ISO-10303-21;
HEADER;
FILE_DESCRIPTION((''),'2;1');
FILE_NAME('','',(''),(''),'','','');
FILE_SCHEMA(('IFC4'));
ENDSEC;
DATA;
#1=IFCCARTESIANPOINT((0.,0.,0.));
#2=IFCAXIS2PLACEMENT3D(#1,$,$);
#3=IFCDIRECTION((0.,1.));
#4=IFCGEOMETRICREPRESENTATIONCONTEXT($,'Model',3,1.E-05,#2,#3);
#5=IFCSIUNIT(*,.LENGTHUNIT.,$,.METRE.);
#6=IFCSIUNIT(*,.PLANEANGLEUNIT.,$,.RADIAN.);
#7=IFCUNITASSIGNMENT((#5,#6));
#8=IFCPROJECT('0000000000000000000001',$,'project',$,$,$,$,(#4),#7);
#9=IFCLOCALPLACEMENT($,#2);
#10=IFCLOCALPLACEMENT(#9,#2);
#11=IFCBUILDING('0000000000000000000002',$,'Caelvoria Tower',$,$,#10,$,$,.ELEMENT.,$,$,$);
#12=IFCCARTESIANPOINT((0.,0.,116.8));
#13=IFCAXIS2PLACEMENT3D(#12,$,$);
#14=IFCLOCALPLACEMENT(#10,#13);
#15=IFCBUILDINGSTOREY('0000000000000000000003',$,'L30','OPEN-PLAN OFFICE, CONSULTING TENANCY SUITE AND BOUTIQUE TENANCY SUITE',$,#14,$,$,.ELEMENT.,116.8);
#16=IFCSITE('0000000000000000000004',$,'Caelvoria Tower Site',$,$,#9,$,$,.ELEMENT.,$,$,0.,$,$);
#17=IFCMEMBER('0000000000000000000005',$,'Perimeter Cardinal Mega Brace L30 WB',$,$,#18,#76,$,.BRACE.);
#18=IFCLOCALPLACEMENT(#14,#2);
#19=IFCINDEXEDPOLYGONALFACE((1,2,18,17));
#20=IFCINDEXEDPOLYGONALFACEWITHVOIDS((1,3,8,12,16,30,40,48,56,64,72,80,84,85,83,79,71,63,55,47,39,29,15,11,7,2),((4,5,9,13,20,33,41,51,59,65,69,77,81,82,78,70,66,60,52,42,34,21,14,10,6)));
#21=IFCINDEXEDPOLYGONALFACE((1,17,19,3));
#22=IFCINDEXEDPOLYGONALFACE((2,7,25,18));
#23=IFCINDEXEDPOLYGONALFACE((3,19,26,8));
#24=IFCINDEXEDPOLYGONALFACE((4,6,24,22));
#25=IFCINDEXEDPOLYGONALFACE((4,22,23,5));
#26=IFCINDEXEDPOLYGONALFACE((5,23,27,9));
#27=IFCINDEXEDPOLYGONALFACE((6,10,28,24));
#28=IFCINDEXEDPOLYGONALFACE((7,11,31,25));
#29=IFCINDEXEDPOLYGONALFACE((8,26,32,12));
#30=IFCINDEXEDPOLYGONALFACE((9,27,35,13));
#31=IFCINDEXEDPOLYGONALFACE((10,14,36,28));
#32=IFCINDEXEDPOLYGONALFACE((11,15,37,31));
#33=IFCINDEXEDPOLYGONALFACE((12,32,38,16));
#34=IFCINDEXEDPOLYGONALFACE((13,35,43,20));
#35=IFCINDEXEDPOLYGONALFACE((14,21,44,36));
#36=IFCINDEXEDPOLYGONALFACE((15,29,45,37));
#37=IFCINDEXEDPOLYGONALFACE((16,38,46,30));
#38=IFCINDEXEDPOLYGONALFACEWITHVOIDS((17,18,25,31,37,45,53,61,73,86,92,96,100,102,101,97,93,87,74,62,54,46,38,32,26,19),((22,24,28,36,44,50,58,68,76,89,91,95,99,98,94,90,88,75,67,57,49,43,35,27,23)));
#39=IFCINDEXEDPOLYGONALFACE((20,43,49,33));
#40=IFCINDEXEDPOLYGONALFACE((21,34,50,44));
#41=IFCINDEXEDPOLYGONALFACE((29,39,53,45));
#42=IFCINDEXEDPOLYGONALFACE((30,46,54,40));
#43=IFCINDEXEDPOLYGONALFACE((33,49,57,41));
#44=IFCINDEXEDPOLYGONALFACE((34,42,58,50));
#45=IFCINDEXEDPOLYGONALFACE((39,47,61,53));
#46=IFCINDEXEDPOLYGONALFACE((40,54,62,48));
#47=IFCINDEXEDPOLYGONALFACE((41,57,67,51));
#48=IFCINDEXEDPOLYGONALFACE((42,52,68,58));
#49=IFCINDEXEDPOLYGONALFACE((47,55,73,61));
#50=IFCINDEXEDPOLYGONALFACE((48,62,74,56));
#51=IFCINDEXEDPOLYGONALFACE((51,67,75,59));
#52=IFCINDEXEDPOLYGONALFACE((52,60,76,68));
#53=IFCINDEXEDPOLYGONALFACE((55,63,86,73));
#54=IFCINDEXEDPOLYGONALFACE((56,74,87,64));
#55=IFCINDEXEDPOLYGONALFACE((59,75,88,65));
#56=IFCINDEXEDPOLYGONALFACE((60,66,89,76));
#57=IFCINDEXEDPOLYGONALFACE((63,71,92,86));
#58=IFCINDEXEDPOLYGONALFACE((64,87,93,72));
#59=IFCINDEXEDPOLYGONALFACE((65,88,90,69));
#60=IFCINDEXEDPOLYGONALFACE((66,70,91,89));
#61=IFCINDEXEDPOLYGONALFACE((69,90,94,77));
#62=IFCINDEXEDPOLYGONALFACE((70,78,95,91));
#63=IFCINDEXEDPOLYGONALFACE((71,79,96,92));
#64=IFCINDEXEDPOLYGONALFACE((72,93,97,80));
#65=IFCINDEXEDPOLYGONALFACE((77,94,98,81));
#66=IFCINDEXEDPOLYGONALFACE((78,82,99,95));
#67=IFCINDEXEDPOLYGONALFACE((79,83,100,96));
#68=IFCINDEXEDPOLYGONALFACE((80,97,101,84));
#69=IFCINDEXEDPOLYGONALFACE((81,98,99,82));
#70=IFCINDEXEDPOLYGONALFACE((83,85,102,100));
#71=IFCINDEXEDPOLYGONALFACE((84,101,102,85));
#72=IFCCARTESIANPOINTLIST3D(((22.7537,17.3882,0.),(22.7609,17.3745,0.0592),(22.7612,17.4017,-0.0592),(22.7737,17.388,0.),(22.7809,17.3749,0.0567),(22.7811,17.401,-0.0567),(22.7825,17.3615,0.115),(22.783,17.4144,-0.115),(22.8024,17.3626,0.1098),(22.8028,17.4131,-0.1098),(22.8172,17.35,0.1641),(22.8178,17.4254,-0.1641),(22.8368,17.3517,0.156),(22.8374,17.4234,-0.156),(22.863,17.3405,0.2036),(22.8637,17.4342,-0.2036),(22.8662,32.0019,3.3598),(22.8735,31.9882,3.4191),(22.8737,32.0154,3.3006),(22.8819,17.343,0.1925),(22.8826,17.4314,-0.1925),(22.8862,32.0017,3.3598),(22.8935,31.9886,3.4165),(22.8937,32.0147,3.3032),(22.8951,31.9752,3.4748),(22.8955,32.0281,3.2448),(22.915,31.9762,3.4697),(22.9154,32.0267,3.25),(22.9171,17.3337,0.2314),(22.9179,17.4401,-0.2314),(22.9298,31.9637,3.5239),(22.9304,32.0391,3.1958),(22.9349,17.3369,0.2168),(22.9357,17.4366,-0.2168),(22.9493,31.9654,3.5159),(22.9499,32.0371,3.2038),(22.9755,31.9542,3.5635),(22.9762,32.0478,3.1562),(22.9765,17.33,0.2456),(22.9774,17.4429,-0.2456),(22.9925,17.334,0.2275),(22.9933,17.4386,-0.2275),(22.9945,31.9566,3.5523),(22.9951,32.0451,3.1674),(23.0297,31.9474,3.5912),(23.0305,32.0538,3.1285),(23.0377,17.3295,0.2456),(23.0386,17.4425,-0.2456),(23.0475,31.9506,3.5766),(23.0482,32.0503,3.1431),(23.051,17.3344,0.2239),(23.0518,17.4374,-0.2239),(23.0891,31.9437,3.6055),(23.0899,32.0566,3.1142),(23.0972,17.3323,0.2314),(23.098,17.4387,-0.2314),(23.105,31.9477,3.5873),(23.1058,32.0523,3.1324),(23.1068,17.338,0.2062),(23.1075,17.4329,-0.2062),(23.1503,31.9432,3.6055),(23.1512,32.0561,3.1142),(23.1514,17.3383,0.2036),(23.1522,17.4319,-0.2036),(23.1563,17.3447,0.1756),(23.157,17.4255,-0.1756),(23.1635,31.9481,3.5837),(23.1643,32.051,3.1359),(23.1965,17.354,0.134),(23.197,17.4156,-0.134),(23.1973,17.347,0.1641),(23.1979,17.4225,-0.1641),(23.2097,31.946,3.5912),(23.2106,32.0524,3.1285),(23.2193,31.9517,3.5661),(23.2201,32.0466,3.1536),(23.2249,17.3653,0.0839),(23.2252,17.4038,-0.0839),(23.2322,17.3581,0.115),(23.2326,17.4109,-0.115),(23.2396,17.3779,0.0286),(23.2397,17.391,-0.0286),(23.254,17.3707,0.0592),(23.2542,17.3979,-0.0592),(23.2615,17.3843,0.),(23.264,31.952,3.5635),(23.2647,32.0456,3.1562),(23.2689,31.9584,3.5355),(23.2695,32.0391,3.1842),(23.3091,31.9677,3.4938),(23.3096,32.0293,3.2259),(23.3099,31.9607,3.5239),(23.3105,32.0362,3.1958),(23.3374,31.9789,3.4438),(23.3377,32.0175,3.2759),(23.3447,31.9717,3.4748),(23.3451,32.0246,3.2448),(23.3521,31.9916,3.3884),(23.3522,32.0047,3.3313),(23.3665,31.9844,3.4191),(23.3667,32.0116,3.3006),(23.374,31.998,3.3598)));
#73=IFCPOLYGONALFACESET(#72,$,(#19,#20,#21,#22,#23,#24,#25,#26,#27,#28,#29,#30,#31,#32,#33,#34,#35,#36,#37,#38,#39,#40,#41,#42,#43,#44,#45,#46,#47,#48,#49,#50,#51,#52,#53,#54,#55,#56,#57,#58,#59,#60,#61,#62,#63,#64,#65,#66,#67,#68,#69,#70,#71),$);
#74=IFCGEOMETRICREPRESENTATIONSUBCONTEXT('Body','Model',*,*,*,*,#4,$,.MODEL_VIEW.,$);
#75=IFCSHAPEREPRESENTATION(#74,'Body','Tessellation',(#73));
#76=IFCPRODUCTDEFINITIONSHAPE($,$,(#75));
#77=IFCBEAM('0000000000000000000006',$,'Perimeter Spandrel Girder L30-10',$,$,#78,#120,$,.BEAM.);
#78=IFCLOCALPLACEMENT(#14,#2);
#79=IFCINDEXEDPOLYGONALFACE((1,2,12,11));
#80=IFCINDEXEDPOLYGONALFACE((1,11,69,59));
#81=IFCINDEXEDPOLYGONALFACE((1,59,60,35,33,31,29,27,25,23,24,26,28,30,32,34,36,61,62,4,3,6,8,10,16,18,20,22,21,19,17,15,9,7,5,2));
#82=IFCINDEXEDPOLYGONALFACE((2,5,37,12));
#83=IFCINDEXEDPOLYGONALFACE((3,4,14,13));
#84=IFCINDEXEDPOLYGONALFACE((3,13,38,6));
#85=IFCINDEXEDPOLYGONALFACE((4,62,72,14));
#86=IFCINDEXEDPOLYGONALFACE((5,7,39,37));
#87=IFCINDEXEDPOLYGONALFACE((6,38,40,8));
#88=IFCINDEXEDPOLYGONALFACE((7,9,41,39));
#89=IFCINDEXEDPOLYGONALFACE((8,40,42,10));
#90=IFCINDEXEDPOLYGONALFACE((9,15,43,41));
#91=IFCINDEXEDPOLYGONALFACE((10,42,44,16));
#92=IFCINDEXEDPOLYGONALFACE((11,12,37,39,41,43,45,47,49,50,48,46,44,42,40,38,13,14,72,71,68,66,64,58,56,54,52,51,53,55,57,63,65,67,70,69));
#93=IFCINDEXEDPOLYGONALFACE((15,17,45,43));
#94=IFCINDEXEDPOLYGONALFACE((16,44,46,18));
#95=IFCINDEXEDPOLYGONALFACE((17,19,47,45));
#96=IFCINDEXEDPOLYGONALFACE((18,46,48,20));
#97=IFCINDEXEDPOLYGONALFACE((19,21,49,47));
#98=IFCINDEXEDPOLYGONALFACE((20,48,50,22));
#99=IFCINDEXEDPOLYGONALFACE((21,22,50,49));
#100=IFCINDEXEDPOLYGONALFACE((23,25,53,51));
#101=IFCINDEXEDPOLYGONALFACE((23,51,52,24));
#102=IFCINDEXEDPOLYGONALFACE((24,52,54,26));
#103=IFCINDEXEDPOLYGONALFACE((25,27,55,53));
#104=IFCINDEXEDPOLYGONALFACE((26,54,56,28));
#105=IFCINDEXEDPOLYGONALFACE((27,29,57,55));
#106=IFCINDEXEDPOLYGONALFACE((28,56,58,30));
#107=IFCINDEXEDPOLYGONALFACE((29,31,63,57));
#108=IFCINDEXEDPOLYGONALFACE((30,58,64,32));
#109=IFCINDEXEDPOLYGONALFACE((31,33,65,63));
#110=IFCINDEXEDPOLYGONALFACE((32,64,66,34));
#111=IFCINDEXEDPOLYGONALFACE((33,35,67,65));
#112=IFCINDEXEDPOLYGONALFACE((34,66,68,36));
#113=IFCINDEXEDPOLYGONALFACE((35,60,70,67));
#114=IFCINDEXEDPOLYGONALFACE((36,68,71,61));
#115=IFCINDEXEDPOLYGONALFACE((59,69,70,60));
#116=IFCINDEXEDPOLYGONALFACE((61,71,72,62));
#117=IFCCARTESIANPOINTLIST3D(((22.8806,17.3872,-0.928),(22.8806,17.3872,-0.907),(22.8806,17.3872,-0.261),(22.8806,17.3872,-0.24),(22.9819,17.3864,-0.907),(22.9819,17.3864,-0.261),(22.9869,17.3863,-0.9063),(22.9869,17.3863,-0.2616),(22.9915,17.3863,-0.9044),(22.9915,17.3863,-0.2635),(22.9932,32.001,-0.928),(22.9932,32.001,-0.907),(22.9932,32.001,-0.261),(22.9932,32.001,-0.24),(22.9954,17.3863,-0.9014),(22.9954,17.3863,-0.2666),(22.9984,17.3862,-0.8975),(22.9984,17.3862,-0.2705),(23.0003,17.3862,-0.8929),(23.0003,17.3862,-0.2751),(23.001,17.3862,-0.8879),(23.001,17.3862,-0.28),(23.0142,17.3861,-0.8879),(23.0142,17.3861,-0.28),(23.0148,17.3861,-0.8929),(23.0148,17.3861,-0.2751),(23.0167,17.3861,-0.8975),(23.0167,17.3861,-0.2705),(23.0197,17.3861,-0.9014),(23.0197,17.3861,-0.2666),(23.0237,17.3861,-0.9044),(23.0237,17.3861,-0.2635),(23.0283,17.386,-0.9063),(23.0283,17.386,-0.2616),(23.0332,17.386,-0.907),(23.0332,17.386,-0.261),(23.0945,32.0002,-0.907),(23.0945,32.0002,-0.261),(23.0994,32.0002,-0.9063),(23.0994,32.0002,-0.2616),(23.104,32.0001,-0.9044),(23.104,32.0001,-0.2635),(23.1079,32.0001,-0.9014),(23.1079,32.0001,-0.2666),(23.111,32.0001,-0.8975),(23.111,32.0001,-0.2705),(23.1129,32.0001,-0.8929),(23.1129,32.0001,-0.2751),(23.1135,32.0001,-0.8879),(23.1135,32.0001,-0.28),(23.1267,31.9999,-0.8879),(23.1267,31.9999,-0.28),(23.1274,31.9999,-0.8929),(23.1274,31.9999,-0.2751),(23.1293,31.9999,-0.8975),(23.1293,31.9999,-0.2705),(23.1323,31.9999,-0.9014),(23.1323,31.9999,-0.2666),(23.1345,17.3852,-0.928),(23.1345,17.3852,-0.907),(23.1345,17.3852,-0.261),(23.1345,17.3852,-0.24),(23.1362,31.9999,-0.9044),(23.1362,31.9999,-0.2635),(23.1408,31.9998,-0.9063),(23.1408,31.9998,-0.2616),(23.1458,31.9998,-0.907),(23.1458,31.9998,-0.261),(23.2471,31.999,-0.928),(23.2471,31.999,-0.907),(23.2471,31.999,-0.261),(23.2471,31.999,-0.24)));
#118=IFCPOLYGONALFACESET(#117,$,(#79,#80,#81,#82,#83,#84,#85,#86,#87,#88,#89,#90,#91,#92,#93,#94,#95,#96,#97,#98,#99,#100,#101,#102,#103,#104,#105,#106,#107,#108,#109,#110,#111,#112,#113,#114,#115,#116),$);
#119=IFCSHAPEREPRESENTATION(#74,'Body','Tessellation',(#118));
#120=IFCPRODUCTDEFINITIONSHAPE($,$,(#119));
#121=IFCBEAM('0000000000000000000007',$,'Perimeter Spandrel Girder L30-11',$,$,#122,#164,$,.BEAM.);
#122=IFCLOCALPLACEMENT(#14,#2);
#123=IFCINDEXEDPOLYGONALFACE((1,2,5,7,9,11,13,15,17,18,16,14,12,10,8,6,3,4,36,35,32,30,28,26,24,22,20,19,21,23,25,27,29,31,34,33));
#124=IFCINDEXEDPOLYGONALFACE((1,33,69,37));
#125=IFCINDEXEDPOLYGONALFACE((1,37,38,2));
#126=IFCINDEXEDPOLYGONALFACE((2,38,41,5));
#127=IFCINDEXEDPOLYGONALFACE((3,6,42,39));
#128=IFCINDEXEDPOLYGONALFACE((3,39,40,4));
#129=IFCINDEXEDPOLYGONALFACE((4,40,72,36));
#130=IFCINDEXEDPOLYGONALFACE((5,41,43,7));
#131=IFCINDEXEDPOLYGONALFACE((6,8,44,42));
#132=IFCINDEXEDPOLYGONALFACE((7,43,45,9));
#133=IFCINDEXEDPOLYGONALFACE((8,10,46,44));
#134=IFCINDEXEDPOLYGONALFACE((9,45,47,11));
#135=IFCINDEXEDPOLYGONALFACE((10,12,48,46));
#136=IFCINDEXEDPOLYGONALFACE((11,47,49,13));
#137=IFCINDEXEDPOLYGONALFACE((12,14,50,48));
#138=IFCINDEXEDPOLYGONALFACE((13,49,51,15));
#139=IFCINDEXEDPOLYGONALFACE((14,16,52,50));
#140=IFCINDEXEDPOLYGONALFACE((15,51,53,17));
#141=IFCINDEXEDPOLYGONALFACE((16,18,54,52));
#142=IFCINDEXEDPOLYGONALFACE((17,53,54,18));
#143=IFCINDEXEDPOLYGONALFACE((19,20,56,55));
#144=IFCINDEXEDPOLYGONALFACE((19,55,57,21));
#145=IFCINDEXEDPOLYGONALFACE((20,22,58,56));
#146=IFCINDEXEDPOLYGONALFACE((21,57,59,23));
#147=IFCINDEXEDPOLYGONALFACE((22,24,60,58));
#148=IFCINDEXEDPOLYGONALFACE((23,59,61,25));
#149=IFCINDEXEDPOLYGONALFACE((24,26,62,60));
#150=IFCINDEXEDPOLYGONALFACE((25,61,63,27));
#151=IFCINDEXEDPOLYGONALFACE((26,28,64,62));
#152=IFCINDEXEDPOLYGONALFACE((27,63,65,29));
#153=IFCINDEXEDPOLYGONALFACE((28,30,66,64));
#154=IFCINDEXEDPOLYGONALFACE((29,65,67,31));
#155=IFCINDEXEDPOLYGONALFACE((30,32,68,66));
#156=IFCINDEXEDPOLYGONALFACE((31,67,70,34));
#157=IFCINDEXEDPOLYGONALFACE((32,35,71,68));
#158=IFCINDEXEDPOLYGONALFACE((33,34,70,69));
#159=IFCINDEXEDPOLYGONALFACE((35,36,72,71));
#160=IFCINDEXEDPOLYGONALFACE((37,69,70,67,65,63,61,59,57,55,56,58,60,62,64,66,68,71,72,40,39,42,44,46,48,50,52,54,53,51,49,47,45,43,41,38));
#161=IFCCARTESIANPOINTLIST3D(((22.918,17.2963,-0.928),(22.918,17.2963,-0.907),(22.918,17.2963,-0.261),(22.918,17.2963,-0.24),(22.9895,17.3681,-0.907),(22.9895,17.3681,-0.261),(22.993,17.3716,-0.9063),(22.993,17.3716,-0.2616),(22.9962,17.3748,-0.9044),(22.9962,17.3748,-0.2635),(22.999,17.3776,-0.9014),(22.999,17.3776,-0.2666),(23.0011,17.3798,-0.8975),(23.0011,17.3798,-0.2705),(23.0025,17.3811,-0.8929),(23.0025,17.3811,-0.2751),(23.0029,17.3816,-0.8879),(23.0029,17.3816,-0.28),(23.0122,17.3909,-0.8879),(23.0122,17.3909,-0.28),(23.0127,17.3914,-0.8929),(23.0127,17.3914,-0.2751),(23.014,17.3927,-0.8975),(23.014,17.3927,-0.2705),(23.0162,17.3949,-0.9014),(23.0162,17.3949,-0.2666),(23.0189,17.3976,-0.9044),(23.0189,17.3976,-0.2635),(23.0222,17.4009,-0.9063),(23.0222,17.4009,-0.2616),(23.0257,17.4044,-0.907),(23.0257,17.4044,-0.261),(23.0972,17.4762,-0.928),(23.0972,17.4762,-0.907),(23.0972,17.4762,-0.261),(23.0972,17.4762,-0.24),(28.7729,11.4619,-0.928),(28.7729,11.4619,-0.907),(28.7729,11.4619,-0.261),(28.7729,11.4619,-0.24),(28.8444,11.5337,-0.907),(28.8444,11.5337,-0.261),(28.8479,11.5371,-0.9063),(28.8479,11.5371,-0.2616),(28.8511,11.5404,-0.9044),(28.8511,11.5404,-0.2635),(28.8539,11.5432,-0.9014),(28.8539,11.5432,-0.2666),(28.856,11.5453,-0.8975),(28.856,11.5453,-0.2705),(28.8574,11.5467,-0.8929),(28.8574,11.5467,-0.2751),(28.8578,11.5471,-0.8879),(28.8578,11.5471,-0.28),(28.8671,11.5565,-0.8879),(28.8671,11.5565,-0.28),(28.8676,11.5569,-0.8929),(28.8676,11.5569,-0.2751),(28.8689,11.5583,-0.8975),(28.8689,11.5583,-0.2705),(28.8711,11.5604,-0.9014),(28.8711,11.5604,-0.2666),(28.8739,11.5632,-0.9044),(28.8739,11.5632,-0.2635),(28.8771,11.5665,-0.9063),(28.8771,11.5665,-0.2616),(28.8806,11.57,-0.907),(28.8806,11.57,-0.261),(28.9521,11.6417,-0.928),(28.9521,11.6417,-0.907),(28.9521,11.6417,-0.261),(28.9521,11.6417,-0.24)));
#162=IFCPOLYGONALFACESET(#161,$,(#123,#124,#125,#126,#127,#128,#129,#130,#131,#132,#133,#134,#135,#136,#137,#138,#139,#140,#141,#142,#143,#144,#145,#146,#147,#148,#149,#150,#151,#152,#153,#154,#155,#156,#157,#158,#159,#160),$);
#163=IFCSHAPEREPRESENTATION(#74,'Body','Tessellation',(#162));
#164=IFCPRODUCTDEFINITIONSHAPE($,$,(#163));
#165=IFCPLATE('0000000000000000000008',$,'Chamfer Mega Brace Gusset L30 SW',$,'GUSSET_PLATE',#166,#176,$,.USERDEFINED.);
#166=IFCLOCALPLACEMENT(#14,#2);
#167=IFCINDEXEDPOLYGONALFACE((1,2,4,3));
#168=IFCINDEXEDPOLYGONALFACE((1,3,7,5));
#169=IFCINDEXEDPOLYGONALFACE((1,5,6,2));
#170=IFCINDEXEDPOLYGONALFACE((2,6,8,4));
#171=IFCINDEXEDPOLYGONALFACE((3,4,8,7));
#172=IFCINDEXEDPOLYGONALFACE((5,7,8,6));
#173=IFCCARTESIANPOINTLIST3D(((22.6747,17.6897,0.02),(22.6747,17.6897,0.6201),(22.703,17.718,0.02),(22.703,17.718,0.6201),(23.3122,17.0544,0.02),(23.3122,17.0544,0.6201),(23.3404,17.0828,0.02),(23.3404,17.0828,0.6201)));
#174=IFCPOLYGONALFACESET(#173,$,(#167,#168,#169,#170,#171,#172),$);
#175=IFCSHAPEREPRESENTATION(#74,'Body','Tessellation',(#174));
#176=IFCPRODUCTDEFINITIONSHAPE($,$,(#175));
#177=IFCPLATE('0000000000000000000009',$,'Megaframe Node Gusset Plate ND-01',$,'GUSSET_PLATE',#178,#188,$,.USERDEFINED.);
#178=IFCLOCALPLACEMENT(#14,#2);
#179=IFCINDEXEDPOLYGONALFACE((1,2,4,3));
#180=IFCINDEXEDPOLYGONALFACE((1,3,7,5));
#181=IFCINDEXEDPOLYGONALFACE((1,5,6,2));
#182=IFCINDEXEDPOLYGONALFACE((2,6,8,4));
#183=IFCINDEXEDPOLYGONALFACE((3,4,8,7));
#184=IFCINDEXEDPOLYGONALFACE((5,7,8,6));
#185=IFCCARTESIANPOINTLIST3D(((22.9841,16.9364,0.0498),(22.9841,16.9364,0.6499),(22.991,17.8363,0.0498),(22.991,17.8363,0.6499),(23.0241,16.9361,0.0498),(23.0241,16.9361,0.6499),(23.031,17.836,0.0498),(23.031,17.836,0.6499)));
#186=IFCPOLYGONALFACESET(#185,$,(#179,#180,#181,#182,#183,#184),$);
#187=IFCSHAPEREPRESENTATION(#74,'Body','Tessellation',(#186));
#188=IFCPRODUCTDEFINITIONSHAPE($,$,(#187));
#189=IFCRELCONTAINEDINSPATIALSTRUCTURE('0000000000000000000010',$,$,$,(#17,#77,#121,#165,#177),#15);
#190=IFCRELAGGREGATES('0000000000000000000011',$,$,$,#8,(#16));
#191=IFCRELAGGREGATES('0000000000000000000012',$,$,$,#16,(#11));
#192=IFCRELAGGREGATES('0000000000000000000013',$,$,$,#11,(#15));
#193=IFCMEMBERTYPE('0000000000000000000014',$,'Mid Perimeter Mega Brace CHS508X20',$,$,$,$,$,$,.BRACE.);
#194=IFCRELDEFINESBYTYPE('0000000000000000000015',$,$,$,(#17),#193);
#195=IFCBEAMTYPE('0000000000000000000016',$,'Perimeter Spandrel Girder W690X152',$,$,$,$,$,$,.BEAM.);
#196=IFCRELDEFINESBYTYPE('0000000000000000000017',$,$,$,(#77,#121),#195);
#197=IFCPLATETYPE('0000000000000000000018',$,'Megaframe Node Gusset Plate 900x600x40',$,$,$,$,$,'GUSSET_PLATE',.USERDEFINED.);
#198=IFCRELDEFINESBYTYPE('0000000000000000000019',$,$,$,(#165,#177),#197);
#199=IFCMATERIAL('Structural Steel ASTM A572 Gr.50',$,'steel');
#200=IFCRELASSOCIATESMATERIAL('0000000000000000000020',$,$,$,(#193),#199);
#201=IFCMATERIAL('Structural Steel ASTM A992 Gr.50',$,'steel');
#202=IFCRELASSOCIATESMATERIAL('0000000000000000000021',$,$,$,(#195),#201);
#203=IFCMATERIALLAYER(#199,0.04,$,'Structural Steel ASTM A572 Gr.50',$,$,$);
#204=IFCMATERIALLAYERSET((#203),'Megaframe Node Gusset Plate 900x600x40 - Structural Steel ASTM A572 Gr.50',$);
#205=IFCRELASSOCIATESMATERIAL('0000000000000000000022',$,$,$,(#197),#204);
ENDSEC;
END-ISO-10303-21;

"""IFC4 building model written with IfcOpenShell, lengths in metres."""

from ifc_helpers import new_model, si_unit, direction, frame, origin, origin_2d, place, context, subcontext, project, spatial, rectangle, hollow_circle, i_section, extrude, material, layer, layer_set, material_profile, profile_set, type_object, element, save


model = new_model("IFC4")

# Units and contexts
model_context = context("Model", 3, precision=1e-05, world=origin(), true_north=direction((0.0, 1.0)))
body_context = subcontext(model_context, "Body", "Model", "MODEL_VIEW")
ifc_project = project(units=[si_unit("LENGTHUNIT", "METRE"), si_unit("PLANEANGLEUNIT", "RADIAN")], contexts=[model_context])

# Site, building, storey
site_placement = place(None, origin())
site = spatial("IfcSite", under=ifc_project, at=site_placement, Name="Caelvoria Tower Site", CompositionType="ELEMENT", RefElevation=0.0)
building_placement = place(site_placement, origin())
building = spatial("IfcBuilding", under=site, at=building_placement, Name="Caelvoria Tower", CompositionType="ELEMENT")
storey_placement = place(building_placement, frame((0.0, 0.0, 116.8)))
storey = spatial("IfcBuildingStorey", under=building, at=storey_placement, Name="L30", Description="OPEN-PLAN OFFICE, CONSULTING TENANCY SUITE AND BOUTIQUE TENANCY SUITE", CompositionType="ELEMENT", Elevation=116.8)

# Shared definitions
ifc_material_1 = material(Name="Structural Steel ASTM A572 Gr.50", Category="steel")

# Member
ifc_material_profile_1 = material_profile(ifc_material_1, hollow_circle(Radius=0.2539, WallThickness=0.02, at=origin_2d()), Name="Structural Steel ASTM A572 Gr.50")
ifc_profile_set_1 = profile_set([ifc_material_profile_1], Name="CHS508X20 - Structural Steel ASTM A572 Gr.50")
member_type = type_object("IfcMemberType", Name="Mid Perimeter Mega Brace CHS508X20", PredefinedType="BRACE", material=ifc_profile_set_1)
member_1_placement = place(storey_placement, frame((23.0076, 17.3862, 0.0), z_axis=(0.007506, 0.974547, 0.224059), x_axis=(-0.99997, 0.007701, 0.0)))
element("IfcMember", 1, at=member_1_placement, inside=storey, type_object=member_type, Name="Perimeter Cardinal Mega Brace L30 WB", PredefinedType="BRACE", context=body_context, shape_type="SweptSolid", body=[
    extrude(hollow_circle(Radius=0.2539, WallThickness=0.02, at=origin_2d()), origin(), (0.0, 0.0, 1.0), 14.9954),
])

# Beams
ifc_material_2 = material(Name="Structural Steel ASTM A992 Gr.50", Category="steel")
ifc_material_profile_2 = material_profile(ifc_material_2, i_section(OverallWidth=0.2539, OverallDepth=0.688, WebThickness=0.0132, FlangeThickness=0.021, FilletRadius=0.019, at=origin_2d()), Name="Structural Steel ASTM A992 Gr.50")
ifc_profile_set_2 = profile_set([ifc_material_profile_2], Name="W690X152 - Structural Steel ASTM A992 Gr.50")
beam_type = type_object("IfcBeamType", Name="Perimeter Spandrel Girder W690X152", PredefinedType="BEAM", material=ifc_profile_set_2)
beam_1_placement = place(storey_placement, frame((23.1201, 32.0, -0.584), z_axis=(-0.007701, -0.99997, 0.0), x_axis=(0.99997, -0.007701, 0.0)))
element("IfcBeam", 2, at=beam_1_placement, inside=storey, type_object=beam_type, Name="Perimeter Spandrel Girder L30-10", PredefinedType="BEAM", context=body_context, shape_type="SweptSolid", body=[
    extrude(i_section(OverallWidth=0.2539, OverallDepth=0.688, WebThickness=0.0132, FlangeThickness=0.021, FilletRadius=0.019, at=origin_2d()), origin(), (0.0, 0.0, 1.0), 14.6143),
])
beam_2_placement = place(storey_placement, frame((23.0076, 17.3862, -0.584), z_axis=(0.708346, -0.705865, 0.0), x_axis=(0.705865, 0.708346, 0.0)))
element("IfcBeam", 3, at=beam_2_placement, inside=storey, type_object=beam_type, Name="Perimeter Spandrel Girder L30-11", PredefinedType="BEAM", context=body_context, shape_type="SweptSolid", body=[
    extrude(i_section(OverallWidth=0.2539, OverallDepth=0.688, WebThickness=0.0132, FlangeThickness=0.021, FilletRadius=0.019, at=origin_2d()), origin(), (0.0, 0.0, 1.0), 8.2656),
])

# Plates
ifc_layer_1 = layer(ifc_material_1, 0.04, Name="Structural Steel ASTM A572 Gr.50")
ifc_layer_set_1 = layer_set([ifc_layer_1], Name="Megaframe Node Gusset Plate 900x600x40 - Structural Steel ASTM A572 Gr.50")
plate_type = type_object("IfcPlateType", Name="Megaframe Node Gusset Plate 900x600x40", ElementType="GUSSET_PLATE", PredefinedType="USERDEFINED", material=ifc_layer_set_1)
for number, where, z_axis, x_axis, name in (
    (4, (23.0076, 17.3862, 0.02), (0.0, 0.0, 1.0), (0.708346, -0.705865, 0.0), "Chamfer Mega Brace Gusset L30 SW"),
    (5, (23.0076, 17.3862, 0.0498), (0.0, 0.0, 1.0), (0.007692, 0.99997, 0.0), "Megaframe Node Gusset Plate ND-01"),
):
    element("IfcPlate", number, at=place(storey_placement, frame(where, z_axis=z_axis, x_axis=x_axis)), inside=storey, type_object=plate_type, Name=name, ObjectType="GUSSET_PLATE", PredefinedType="USERDEFINED", context=body_context, shape_type="SweptSolid", body=[
        extrude(rectangle(XDim=0.8999, YDim=0.04, at=origin_2d()), origin(), (0.0, 0.0, 1.0), 0.6001),
    ])

save(model, "model.ifc")
